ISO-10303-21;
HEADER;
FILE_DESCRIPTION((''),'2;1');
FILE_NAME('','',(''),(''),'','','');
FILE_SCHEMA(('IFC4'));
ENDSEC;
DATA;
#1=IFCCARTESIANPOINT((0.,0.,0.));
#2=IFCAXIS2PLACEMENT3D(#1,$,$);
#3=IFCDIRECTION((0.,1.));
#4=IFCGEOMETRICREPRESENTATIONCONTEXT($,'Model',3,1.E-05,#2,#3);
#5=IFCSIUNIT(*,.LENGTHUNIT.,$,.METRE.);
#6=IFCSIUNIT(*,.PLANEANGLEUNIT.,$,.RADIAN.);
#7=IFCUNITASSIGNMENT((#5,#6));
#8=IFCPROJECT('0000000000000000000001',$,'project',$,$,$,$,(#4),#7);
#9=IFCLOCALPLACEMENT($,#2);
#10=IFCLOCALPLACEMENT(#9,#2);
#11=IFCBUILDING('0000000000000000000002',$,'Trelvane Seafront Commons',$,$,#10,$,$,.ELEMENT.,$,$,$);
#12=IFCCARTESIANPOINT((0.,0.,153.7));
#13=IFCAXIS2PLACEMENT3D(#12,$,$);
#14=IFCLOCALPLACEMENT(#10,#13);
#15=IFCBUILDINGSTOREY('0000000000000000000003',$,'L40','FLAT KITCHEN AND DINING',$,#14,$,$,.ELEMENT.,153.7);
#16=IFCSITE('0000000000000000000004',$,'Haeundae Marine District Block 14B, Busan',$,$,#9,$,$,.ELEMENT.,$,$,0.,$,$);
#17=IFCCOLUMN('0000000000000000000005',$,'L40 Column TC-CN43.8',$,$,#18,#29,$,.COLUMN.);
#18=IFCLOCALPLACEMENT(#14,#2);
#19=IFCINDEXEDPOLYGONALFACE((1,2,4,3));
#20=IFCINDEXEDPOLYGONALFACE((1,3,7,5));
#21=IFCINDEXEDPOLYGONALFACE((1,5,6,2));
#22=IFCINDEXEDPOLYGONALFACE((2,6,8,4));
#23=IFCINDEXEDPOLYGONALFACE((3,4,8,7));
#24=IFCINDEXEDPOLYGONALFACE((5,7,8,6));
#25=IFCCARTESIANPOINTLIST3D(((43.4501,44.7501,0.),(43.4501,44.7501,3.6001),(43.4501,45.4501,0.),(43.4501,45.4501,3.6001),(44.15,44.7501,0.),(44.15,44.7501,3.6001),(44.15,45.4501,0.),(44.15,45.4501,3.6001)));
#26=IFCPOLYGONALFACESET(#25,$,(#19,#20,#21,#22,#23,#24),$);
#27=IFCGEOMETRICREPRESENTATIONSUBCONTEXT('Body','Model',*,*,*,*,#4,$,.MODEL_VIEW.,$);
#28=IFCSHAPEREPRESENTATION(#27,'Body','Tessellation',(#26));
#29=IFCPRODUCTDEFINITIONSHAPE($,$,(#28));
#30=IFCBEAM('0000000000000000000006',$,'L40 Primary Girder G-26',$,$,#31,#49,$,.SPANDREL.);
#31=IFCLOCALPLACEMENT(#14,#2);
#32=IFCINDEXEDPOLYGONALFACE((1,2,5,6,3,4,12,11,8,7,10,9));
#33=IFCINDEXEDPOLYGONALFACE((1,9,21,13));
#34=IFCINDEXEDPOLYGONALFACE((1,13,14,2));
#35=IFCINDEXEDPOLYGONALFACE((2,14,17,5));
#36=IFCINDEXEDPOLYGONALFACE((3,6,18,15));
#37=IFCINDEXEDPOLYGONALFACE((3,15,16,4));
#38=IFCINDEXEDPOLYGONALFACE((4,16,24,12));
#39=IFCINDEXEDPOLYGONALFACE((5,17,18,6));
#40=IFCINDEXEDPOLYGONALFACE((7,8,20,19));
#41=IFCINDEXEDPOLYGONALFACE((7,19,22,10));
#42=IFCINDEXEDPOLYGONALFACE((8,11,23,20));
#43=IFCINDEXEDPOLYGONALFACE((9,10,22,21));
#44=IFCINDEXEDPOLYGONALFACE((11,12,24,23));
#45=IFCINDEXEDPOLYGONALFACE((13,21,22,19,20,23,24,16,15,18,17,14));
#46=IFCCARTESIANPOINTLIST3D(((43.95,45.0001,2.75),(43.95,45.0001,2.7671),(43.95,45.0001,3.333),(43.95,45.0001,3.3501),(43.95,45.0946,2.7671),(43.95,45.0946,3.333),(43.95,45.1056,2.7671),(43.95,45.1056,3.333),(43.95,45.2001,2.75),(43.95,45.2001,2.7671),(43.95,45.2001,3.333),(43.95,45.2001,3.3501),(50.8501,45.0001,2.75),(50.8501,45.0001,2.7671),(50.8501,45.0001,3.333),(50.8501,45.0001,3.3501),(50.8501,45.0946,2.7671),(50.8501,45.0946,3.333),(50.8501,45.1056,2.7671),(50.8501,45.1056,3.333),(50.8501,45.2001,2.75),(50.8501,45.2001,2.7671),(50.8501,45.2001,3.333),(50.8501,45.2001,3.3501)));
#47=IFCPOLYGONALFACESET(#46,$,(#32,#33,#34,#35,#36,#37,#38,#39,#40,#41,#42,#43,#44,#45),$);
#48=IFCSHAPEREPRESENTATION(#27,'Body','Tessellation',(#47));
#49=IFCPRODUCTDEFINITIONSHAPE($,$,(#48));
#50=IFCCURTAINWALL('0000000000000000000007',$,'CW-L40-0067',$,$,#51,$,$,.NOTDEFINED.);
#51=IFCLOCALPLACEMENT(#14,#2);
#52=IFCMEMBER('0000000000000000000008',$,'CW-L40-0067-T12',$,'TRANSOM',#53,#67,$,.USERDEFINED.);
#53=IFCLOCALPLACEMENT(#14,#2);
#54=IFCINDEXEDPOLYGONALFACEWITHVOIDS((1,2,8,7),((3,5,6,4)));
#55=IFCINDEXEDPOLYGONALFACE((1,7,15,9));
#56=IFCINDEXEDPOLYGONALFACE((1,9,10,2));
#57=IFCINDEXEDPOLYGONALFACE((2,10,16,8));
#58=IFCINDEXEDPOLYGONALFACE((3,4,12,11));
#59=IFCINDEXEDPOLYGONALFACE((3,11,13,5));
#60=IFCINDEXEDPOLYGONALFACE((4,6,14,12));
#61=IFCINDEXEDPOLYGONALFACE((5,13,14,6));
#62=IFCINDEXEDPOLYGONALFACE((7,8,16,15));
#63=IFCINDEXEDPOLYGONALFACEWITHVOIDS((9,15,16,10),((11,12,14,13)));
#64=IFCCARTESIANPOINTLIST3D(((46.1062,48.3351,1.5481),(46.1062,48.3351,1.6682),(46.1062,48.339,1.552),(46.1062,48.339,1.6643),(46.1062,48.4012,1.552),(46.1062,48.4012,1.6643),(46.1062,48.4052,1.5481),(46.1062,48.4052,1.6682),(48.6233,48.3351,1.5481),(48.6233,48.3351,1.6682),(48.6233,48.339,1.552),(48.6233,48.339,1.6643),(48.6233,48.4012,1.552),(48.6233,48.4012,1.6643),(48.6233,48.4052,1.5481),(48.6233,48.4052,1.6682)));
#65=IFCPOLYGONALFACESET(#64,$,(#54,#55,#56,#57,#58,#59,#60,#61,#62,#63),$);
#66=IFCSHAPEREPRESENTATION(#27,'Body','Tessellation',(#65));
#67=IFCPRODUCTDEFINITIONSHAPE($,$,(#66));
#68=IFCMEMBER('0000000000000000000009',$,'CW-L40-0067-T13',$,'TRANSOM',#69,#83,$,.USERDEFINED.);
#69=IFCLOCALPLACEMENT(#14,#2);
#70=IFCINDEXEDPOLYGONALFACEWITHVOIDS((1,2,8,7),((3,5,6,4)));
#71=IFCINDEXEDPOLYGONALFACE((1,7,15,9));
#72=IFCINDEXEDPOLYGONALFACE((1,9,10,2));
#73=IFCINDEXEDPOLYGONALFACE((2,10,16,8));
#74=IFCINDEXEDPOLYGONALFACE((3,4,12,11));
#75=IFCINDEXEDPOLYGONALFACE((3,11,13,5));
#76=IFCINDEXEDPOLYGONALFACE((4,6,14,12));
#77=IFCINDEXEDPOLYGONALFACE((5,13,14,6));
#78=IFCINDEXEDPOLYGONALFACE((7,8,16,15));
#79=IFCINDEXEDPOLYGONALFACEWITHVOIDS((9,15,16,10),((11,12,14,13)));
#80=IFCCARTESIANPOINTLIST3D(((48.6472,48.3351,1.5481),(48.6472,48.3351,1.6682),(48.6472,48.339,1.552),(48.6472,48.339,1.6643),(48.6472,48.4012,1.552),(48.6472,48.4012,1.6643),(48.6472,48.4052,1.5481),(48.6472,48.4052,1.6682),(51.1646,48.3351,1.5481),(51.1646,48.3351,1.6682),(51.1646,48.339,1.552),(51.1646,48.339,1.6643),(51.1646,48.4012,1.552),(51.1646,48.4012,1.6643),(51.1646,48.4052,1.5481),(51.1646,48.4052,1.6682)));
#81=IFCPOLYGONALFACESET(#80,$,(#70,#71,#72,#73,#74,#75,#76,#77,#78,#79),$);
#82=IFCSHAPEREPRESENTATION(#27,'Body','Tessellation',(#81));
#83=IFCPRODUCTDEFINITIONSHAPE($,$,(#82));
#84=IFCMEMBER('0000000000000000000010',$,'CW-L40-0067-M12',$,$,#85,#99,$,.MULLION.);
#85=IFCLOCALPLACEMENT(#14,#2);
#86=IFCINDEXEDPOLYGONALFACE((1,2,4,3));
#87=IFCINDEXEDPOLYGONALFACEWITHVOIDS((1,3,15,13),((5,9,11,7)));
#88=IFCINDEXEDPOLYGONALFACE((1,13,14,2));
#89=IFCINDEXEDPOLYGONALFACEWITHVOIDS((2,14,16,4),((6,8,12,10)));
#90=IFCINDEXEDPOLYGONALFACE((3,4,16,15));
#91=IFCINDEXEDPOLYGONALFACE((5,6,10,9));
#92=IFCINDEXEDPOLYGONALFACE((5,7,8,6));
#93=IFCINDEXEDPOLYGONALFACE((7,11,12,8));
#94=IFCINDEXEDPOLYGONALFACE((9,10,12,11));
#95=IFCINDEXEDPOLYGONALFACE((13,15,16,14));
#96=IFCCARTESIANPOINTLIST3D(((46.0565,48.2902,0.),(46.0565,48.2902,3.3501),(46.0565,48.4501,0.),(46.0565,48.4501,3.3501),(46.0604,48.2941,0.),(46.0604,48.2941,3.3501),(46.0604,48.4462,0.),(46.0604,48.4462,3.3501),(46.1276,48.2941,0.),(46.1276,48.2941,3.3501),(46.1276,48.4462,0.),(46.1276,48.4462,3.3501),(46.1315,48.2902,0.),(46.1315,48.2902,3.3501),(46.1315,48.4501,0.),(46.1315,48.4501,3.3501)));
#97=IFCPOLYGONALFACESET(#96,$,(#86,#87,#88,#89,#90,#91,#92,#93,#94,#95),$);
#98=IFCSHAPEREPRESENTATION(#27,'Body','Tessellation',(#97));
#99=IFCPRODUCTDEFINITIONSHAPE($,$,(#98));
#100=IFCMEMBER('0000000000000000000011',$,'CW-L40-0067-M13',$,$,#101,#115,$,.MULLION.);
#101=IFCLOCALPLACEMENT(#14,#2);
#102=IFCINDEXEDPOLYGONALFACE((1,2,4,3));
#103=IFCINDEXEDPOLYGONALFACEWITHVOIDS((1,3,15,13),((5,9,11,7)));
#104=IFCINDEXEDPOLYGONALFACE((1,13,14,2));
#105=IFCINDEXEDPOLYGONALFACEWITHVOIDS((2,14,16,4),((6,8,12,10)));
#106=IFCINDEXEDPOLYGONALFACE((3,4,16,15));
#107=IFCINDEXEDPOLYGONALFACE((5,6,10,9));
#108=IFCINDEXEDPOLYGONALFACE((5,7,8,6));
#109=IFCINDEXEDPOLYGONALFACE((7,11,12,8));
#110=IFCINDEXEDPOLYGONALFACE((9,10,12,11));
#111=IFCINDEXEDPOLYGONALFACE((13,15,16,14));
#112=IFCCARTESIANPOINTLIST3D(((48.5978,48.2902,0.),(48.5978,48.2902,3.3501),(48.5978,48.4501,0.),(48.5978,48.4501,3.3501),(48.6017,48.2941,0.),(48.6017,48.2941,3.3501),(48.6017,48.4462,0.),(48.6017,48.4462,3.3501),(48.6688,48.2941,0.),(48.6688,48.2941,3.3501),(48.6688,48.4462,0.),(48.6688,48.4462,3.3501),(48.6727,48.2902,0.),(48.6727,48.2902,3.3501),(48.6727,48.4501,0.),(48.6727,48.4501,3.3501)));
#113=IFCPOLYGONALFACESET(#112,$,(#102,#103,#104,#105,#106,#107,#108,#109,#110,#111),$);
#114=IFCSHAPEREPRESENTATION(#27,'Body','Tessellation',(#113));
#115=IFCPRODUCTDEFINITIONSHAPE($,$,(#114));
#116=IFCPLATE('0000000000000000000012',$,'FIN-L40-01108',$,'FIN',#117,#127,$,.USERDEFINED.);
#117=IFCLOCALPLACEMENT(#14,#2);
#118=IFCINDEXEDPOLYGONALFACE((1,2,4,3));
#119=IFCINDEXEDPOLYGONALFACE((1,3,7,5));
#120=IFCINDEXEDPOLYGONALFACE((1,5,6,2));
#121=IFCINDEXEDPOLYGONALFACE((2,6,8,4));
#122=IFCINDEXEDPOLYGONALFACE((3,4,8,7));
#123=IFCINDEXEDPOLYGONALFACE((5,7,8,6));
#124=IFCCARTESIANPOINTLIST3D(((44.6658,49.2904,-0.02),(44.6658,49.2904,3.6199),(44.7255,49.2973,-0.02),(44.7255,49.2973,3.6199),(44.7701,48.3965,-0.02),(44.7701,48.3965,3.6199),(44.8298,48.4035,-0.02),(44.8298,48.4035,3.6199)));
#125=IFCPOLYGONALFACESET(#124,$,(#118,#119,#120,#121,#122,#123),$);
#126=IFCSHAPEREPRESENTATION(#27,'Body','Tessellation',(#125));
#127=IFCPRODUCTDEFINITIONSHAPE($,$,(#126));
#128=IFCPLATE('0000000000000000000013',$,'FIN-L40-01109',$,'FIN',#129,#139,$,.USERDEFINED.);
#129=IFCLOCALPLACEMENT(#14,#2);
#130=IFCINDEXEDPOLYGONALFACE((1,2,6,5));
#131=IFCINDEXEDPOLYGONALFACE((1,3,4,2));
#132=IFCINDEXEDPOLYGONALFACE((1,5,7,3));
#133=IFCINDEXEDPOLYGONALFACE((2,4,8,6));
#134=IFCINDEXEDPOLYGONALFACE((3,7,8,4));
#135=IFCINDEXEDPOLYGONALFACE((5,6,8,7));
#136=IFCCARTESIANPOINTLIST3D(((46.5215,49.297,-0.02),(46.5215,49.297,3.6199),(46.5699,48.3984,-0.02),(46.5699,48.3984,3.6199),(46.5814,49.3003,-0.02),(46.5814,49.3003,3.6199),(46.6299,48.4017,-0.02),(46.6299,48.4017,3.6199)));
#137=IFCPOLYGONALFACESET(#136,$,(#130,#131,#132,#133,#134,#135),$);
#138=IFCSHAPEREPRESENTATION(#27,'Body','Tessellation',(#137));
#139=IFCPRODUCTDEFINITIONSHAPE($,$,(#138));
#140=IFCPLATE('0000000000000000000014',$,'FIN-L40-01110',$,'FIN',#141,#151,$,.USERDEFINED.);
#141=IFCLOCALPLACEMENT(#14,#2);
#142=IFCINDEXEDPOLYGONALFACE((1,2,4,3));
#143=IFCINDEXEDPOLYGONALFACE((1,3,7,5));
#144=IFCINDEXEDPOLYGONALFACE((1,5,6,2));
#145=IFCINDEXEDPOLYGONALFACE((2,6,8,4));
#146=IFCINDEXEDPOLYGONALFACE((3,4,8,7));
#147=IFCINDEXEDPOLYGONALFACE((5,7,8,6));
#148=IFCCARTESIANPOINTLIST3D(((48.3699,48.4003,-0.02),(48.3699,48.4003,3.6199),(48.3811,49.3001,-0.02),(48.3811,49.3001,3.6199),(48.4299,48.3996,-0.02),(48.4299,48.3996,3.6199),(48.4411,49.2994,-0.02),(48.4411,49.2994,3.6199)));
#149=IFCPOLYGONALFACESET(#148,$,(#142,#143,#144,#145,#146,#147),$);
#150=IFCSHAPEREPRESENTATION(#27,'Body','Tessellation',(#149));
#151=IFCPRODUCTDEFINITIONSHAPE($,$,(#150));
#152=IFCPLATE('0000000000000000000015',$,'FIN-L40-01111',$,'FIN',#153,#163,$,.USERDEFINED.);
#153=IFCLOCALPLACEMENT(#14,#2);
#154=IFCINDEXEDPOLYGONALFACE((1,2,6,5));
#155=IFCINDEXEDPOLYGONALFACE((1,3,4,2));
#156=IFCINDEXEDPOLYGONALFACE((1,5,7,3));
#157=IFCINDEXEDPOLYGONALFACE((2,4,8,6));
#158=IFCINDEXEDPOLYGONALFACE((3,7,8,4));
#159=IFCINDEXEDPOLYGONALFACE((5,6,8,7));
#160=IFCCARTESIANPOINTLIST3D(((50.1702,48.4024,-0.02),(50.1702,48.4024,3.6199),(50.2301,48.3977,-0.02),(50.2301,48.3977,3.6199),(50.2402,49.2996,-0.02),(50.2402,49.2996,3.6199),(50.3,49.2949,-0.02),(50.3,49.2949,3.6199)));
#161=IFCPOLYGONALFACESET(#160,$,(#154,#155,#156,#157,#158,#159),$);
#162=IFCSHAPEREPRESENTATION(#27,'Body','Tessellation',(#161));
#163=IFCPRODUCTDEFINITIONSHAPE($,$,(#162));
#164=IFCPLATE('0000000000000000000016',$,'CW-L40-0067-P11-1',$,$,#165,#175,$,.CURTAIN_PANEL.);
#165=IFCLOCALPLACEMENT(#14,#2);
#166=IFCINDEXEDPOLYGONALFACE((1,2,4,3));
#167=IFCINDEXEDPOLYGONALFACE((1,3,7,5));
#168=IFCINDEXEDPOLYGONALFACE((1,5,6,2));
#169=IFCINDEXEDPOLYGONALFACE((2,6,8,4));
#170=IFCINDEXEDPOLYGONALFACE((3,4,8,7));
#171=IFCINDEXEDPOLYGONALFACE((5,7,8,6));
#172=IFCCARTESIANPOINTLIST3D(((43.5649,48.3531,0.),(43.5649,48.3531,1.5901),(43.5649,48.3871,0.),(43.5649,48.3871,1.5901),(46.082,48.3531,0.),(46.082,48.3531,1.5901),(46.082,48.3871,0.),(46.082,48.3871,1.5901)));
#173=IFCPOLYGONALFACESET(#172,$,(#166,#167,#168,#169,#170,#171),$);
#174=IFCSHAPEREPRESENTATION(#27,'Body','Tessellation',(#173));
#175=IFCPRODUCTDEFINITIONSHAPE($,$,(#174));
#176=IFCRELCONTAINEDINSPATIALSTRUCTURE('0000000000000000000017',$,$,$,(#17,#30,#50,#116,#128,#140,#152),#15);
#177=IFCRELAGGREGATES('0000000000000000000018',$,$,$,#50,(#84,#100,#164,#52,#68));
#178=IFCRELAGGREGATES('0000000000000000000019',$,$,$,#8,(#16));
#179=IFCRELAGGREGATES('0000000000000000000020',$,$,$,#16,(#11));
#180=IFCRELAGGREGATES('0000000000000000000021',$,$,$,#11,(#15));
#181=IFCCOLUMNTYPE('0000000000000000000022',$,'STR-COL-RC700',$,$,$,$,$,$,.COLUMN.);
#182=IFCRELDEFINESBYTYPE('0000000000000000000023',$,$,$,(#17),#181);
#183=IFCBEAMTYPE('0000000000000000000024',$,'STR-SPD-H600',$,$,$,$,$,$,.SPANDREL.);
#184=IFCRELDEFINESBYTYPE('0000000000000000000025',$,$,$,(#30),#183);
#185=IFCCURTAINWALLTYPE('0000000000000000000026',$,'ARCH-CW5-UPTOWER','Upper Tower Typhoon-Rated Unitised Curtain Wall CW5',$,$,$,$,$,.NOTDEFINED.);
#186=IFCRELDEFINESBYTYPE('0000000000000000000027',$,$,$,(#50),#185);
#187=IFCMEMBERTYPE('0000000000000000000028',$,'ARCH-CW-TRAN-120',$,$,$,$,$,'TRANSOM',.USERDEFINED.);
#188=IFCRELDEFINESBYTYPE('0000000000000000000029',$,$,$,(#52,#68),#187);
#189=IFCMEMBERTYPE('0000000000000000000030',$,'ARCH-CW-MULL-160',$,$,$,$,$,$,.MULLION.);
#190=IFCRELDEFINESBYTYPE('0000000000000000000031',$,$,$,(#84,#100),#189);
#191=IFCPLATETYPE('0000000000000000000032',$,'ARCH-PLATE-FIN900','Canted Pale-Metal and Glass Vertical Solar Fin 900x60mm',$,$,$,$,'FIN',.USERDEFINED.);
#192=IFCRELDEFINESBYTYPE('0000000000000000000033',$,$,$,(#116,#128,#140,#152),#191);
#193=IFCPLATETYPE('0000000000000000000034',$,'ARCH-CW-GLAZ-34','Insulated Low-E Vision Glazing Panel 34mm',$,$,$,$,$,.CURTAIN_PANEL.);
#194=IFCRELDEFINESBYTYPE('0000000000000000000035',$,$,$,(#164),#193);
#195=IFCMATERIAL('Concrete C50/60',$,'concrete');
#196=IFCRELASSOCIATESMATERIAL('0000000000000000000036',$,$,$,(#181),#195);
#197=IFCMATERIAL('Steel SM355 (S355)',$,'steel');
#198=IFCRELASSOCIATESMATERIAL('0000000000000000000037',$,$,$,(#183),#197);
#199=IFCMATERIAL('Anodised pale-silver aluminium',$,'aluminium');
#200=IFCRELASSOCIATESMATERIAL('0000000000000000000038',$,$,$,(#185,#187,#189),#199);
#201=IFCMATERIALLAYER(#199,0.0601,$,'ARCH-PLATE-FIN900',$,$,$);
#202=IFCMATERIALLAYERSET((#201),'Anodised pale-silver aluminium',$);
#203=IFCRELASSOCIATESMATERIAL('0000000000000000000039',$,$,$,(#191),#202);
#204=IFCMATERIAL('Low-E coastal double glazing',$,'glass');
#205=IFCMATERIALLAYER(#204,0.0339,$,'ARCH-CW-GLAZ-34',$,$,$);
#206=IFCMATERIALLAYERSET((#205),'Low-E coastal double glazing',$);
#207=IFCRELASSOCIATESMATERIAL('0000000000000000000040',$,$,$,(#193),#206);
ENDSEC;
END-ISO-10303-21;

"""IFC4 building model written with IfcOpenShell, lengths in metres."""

from ifc_helpers import new_model, si_unit, direction, frame, origin, origin_2d, place, context, subcontext, project, spatial, rectangle, hollow_rectangle, i_section, extrude, source, transform, mapped, material, layer, layer_set, material_profile, profile_set, type_object, element, aggregate, save


model = new_model("IFC4")

# Units and contexts
model_context = context("Model", 3, precision=1e-05, world=origin(), true_north=direction((0.0, 1.0)))
body_context = subcontext(model_context, "Body", "Model", "MODEL_VIEW")
ifc_project = project(units=[si_unit("LENGTHUNIT", "METRE"), si_unit("PLANEANGLEUNIT", "RADIAN")], contexts=[model_context])

# Site, building, storey
site_placement = place(None, origin())
site = spatial("IfcSite", under=ifc_project, at=site_placement, Name="Haeundae Marine District Block 14B, Busan", CompositionType="ELEMENT", RefElevation=0.0)
building_placement = place(site_placement, origin())
building = spatial("IfcBuilding", under=site, at=building_placement, Name="Trelvane Seafront Commons", CompositionType="ELEMENT")
storey_placement = place(building_placement, frame((0.0, 0.0, 153.7)))
storey = spatial("IfcBuildingStorey", under=building, at=storey_placement, Name="L40", Description="FLAT KITCHEN AND DINING", CompositionType="ELEMENT", Elevation=153.7)

# Column
ifc_material_1 = material(Name="Concrete C50/60", Category="concrete")
ifc_material_profile_1 = material_profile(ifc_material_1, rectangle(XDim=0.7, YDim=0.7, at=origin_2d()), Name="RC-700x700")
ifc_profile_set_1 = profile_set([ifc_material_profile_1], Name="Concrete C50/60")
column_type = type_object("IfcColumnType", Name="STR-COL-RC700", PredefinedType="COLUMN", material=ifc_profile_set_1)
shared_shape_1 = source(origin(), body_context, "Body", "SweptSolid", [
    extrude(rectangle(XDim=0.7, YDim=0.7, at=origin_2d()), origin(), (0.0, 0.0, 1.0), 3.6001),
])
column_placement = place(storey_placement, frame((43.8, 45.1001, 0.0), z_axis=(0.0, 0.0, 1.0), x_axis=(1.0, 0.0, 0.0)))
element("IfcColumn", 1, at=column_placement, inside=storey, type_object=column_type, Name="L40 Column TC-CN43.8", PredefinedType="COLUMN", context=body_context, shape_type="MappedRepresentation", body=[
    mapped(shared_shape_1, transform((0.0, 0.0, 0.0), x_axis=(1.0, 0.0, 0.0), y_axis=(0.0, 1.0, 0.0), z_axis=(0.0, 0.0, 1.0), scale=1.0)),
])

# Beam
ifc_material_2 = material(Name="Steel SM355 (S355)", Category="steel")
ifc_material_profile_2 = material_profile(ifc_material_2, i_section(OverallWidth=0.2, OverallDepth=0.6001, WebThickness=0.011, FlangeThickness=0.0171, at=origin_2d()), Name="H-600x200x11x17")
ifc_profile_set_2 = profile_set([ifc_material_profile_2], Name="Steel SM355 (S355)")
beam_type = type_object("IfcBeamType", Name="STR-SPD-H600", PredefinedType="SPANDREL", material=ifc_profile_set_2)
shared_shape_2 = source(origin(), body_context, "Body", "SweptSolid", [
    extrude(i_section(OverallWidth=0.2, OverallDepth=0.6001, WebThickness=0.011, FlangeThickness=0.0171, at=origin_2d()), origin(), (0.0, 0.0, 1.0), 6.9001),
])
beam_placement = place(storey_placement, frame((43.95, 45.1001, 3.05), z_axis=(1.0, 0.0, 0.0), x_axis=(0.0, 1.0, 0.0)))
element("IfcBeam", 2, at=beam_placement, inside=storey, type_object=beam_type, Name="L40 Primary Girder G-26", PredefinedType="SPANDREL", context=body_context, shape_type="MappedRepresentation", body=[
    mapped(shared_shape_2, transform((0.0, 0.0, 0.0), x_axis=(1.0, 0.0, 0.0), y_axis=(0.0, 1.0, 0.0), z_axis=(0.0, 0.0, 1.0), scale=1.0)),
])

# Curtain wall, members
ifc_material_3 = material(Name="Anodised pale-silver aluminium", Category="aluminium")
curtain_wall_type = type_object("IfcCurtainWallType", Name="ARCH-CW5-UPTOWER", Description="Upper Tower Typhoon-Rated Unitised Curtain Wall CW5", PredefinedType="NOTDEFINED", material=ifc_material_3)
curtain_wall_placement = place(storey_placement, origin())
curtain_wall = element("IfcCurtainWall", 3, at=curtain_wall_placement, inside=storey, type_object=curtain_wall_type, Name="CW-L40-0067", PredefinedType="NOTDEFINED")
ifc_material_profile_3 = material_profile(ifc_material_3, hollow_rectangle(XDim=0.0701, YDim=0.1201, WallThickness=0.0039, at=origin_2d()), Name="TRAN-70x120x4")
ifc_profile_set_3 = profile_set([ifc_material_profile_3], Name="Anodised pale-silver aluminium")
member_type_1 = type_object("IfcMemberType", Name="ARCH-CW-TRAN-120", ElementType="TRANSOM", PredefinedType="USERDEFINED", material=ifc_profile_set_3)
shared_shape_3 = source(origin(), body_context, "Body", "SweptSolid", [
    extrude(hollow_rectangle(XDim=0.0701, YDim=0.1201, WallThickness=0.0039, at=origin_2d()), origin(), (0.0, 0.0, 1.0), 2.5171),
])
member_1_placement = place(storey_placement, frame((46.1062, 48.3701, 1.6082), z_axis=(1.0, 0.0, 0.0), x_axis=(0.0, 1.0, 0.0)))
member_1 = element("IfcMember", 4, at=member_1_placement, type_object=member_type_1, Name="CW-L40-0067-T12", ObjectType="TRANSOM", PredefinedType="USERDEFINED", context=body_context, shape_type="MappedRepresentation", body=[
    mapped(shared_shape_3, transform((0.0, 0.0, 0.0), x_axis=(1.0, 0.0, 0.0), y_axis=(0.0, 1.0, 0.0), z_axis=(0.0, 0.0, 1.0), scale=1.0)),
])
shared_shape_4 = source(origin(), body_context, "Body", "SweptSolid", [
    extrude(hollow_rectangle(XDim=0.0701, YDim=0.1201, WallThickness=0.0039, at=origin_2d()), origin(), (0.0, 0.0, 1.0), 2.5173),
])
member_2_placement = place(storey_placement, frame((48.6472, 48.3701, 1.6082), z_axis=(1.0, 0.0, 0.0), x_axis=(0.0, 1.0, 0.0)))
member_2 = element("IfcMember", 5, at=member_2_placement, type_object=member_type_1, Name="CW-L40-0067-T13", ObjectType="TRANSOM", PredefinedType="USERDEFINED", context=body_context, shape_type="MappedRepresentation", body=[
    mapped(shared_shape_4, transform((0.0, 0.0, 0.0), x_axis=(1.0, 0.0, 0.0), y_axis=(0.0, 1.0, 0.0), z_axis=(0.0, 0.0, 1.0), scale=1.0)),
])
ifc_material_profile_4 = material_profile(ifc_material_3, hollow_rectangle(XDim=0.075, YDim=0.1599, WallThickness=0.0039, at=origin_2d()), Name="MULL-75x160x4")
ifc_profile_set_4 = profile_set([ifc_material_profile_4], Name="Anodised pale-silver aluminium")
member_type_2 = type_object("IfcMemberType", Name="ARCH-CW-MULL-160", PredefinedType="MULLION", material=ifc_profile_set_4)
shared_shape_5 = source(origin(), body_context, "Body", "SweptSolid", [
    extrude(hollow_rectangle(XDim=0.075, YDim=0.1599, WallThickness=0.0039, at=origin_2d()), origin(), (0.0, 0.0, 1.0), 3.3501),
])
member_3_placement = place(storey_placement, frame((46.094, 48.3701, 0.0), z_axis=(0.0, 0.0, 1.0), x_axis=(1.0, 0.0, 0.0)))
member_3 = element("IfcMember", 6, at=member_3_placement, type_object=member_type_2, Name="CW-L40-0067-M12", PredefinedType="MULLION", context=body_context, shape_type="MappedRepresentation", body=[
    mapped(shared_shape_5, transform((0.0, 0.0, 0.0), x_axis=(1.0, 0.0, 0.0), y_axis=(0.0, 1.0, 0.0), z_axis=(0.0, 0.0, 1.0), scale=1.0)),
])
member_4_placement = place(storey_placement, frame((48.6353, 48.3701, 0.0), z_axis=(0.0, 0.0, 1.0), x_axis=(1.0, 0.0, 0.0)))
member_4 = element("IfcMember", 7, at=member_4_placement, type_object=member_type_2, Name="CW-L40-0067-M13", PredefinedType="MULLION", context=body_context, shape_type="MappedRepresentation", body=[
    mapped(shared_shape_5, transform((0.0, 0.0, 0.0), x_axis=(1.0, 0.0, 0.0), y_axis=(0.0, 1.0, 0.0), z_axis=(0.0, 0.0, 1.0), scale=1.0)),
])

# Plates
ifc_layer_1 = layer(ifc_material_3, 0.0601, Name="ARCH-PLATE-FIN900")
ifc_layer_set_1 = layer_set([ifc_layer_1], Name="Anodised pale-silver aluminium")
plate_type_1 = type_object("IfcPlateType", Name="ARCH-PLATE-FIN900", Description="Canted Pale-Metal and Glass Vertical Solar Fin 900x60mm", ElementType="FIN", PredefinedType="USERDEFINED", material=ifc_layer_set_1)
shared_shape_6 = source(origin(), body_context, "Body", "SweptSolid", [
    extrude(rectangle(XDim=0.8999, YDim=0.0601, at=origin_2d()), origin(), (0.0, 0.0, 1.0), 3.6399),
])
for number, where, z_axis, x_axis, name in (
    (8, (44.7478, 48.8469, -0.02), (0.0, 0.0, 1.0), (-0.115894, 0.993262, 0.0), "FIN-L40-01108"),
    (9, (46.5757, 48.8494, -0.02), (0.0, 0.0, 1.0), (-0.053889, 0.998547, 0.0), "FIN-L40-01109"),
    (10, (48.4055, 48.8499, -0.02), (0.0, 0.0, 1.0), (0.012446, 0.999923, 0.0), "FIN-L40-01110"),
    (11, (50.2351, 48.8486, -0.02), (0.0, 0.0, 1.0), (0.077775, 0.996971, 0.0), "FIN-L40-01111"),
):
    element("IfcPlate", number, at=place(storey_placement, frame(where, z_axis=z_axis, x_axis=x_axis)), inside=storey, type_object=plate_type_1, Name=name, ObjectType="FIN", PredefinedType="USERDEFINED", context=body_context, shape_type="MappedRepresentation", body=[
        mapped(shared_shape_6, transform((0.0, 0.0, 0.0), x_axis=(1.0, 0.0, 0.0), y_axis=(0.0, 1.0, 0.0), z_axis=(0.0, 0.0, 1.0), scale=1.0)),
    ])

# Plate
ifc_material_4 = material(Name="Low-E coastal double glazing", Category="glass")
ifc_layer_2 = layer(ifc_material_4, 0.0339, Name="ARCH-CW-GLAZ-34")
ifc_layer_set_2 = layer_set([ifc_layer_2], Name="Low-E coastal double glazing")
plate_type_2 = type_object("IfcPlateType", Name="ARCH-CW-GLAZ-34", Description="Insulated Low-E Vision Glazing Panel 34mm", PredefinedType="CURTAIN_PANEL", material=ifc_layer_set_2)
shared_shape_7 = source(origin(), body_context, "Body", "SweptSolid", [
    extrude(rectangle(XDim=2.5171, YDim=0.0339, at=origin_2d()), origin(), (0.0, 0.0, 1.0), 1.5901),
])
plate_1_placement = place(storey_placement, frame((44.8235, 48.3701, 0.0), z_axis=(0.0, 0.0, 1.0), x_axis=(1.0, 0.0, 0.0)))
plate_1 = element("IfcPlate", 12, at=plate_1_placement, type_object=plate_type_2, Name="CW-L40-0067-P11-1", PredefinedType="CURTAIN_PANEL", context=body_context, shape_type="MappedRepresentation", body=[
    mapped(shared_shape_7, transform((0.0, 0.0, 0.0), x_axis=(1.0, 0.0, 0.0), y_axis=(0.0, 1.0, 0.0), z_axis=(0.0, 0.0, 1.0), scale=1.0)),
])
aggregate(curtain_wall, [member_3, member_4, plate_1, member_1, member_2])

save(model, "model.ifc")
